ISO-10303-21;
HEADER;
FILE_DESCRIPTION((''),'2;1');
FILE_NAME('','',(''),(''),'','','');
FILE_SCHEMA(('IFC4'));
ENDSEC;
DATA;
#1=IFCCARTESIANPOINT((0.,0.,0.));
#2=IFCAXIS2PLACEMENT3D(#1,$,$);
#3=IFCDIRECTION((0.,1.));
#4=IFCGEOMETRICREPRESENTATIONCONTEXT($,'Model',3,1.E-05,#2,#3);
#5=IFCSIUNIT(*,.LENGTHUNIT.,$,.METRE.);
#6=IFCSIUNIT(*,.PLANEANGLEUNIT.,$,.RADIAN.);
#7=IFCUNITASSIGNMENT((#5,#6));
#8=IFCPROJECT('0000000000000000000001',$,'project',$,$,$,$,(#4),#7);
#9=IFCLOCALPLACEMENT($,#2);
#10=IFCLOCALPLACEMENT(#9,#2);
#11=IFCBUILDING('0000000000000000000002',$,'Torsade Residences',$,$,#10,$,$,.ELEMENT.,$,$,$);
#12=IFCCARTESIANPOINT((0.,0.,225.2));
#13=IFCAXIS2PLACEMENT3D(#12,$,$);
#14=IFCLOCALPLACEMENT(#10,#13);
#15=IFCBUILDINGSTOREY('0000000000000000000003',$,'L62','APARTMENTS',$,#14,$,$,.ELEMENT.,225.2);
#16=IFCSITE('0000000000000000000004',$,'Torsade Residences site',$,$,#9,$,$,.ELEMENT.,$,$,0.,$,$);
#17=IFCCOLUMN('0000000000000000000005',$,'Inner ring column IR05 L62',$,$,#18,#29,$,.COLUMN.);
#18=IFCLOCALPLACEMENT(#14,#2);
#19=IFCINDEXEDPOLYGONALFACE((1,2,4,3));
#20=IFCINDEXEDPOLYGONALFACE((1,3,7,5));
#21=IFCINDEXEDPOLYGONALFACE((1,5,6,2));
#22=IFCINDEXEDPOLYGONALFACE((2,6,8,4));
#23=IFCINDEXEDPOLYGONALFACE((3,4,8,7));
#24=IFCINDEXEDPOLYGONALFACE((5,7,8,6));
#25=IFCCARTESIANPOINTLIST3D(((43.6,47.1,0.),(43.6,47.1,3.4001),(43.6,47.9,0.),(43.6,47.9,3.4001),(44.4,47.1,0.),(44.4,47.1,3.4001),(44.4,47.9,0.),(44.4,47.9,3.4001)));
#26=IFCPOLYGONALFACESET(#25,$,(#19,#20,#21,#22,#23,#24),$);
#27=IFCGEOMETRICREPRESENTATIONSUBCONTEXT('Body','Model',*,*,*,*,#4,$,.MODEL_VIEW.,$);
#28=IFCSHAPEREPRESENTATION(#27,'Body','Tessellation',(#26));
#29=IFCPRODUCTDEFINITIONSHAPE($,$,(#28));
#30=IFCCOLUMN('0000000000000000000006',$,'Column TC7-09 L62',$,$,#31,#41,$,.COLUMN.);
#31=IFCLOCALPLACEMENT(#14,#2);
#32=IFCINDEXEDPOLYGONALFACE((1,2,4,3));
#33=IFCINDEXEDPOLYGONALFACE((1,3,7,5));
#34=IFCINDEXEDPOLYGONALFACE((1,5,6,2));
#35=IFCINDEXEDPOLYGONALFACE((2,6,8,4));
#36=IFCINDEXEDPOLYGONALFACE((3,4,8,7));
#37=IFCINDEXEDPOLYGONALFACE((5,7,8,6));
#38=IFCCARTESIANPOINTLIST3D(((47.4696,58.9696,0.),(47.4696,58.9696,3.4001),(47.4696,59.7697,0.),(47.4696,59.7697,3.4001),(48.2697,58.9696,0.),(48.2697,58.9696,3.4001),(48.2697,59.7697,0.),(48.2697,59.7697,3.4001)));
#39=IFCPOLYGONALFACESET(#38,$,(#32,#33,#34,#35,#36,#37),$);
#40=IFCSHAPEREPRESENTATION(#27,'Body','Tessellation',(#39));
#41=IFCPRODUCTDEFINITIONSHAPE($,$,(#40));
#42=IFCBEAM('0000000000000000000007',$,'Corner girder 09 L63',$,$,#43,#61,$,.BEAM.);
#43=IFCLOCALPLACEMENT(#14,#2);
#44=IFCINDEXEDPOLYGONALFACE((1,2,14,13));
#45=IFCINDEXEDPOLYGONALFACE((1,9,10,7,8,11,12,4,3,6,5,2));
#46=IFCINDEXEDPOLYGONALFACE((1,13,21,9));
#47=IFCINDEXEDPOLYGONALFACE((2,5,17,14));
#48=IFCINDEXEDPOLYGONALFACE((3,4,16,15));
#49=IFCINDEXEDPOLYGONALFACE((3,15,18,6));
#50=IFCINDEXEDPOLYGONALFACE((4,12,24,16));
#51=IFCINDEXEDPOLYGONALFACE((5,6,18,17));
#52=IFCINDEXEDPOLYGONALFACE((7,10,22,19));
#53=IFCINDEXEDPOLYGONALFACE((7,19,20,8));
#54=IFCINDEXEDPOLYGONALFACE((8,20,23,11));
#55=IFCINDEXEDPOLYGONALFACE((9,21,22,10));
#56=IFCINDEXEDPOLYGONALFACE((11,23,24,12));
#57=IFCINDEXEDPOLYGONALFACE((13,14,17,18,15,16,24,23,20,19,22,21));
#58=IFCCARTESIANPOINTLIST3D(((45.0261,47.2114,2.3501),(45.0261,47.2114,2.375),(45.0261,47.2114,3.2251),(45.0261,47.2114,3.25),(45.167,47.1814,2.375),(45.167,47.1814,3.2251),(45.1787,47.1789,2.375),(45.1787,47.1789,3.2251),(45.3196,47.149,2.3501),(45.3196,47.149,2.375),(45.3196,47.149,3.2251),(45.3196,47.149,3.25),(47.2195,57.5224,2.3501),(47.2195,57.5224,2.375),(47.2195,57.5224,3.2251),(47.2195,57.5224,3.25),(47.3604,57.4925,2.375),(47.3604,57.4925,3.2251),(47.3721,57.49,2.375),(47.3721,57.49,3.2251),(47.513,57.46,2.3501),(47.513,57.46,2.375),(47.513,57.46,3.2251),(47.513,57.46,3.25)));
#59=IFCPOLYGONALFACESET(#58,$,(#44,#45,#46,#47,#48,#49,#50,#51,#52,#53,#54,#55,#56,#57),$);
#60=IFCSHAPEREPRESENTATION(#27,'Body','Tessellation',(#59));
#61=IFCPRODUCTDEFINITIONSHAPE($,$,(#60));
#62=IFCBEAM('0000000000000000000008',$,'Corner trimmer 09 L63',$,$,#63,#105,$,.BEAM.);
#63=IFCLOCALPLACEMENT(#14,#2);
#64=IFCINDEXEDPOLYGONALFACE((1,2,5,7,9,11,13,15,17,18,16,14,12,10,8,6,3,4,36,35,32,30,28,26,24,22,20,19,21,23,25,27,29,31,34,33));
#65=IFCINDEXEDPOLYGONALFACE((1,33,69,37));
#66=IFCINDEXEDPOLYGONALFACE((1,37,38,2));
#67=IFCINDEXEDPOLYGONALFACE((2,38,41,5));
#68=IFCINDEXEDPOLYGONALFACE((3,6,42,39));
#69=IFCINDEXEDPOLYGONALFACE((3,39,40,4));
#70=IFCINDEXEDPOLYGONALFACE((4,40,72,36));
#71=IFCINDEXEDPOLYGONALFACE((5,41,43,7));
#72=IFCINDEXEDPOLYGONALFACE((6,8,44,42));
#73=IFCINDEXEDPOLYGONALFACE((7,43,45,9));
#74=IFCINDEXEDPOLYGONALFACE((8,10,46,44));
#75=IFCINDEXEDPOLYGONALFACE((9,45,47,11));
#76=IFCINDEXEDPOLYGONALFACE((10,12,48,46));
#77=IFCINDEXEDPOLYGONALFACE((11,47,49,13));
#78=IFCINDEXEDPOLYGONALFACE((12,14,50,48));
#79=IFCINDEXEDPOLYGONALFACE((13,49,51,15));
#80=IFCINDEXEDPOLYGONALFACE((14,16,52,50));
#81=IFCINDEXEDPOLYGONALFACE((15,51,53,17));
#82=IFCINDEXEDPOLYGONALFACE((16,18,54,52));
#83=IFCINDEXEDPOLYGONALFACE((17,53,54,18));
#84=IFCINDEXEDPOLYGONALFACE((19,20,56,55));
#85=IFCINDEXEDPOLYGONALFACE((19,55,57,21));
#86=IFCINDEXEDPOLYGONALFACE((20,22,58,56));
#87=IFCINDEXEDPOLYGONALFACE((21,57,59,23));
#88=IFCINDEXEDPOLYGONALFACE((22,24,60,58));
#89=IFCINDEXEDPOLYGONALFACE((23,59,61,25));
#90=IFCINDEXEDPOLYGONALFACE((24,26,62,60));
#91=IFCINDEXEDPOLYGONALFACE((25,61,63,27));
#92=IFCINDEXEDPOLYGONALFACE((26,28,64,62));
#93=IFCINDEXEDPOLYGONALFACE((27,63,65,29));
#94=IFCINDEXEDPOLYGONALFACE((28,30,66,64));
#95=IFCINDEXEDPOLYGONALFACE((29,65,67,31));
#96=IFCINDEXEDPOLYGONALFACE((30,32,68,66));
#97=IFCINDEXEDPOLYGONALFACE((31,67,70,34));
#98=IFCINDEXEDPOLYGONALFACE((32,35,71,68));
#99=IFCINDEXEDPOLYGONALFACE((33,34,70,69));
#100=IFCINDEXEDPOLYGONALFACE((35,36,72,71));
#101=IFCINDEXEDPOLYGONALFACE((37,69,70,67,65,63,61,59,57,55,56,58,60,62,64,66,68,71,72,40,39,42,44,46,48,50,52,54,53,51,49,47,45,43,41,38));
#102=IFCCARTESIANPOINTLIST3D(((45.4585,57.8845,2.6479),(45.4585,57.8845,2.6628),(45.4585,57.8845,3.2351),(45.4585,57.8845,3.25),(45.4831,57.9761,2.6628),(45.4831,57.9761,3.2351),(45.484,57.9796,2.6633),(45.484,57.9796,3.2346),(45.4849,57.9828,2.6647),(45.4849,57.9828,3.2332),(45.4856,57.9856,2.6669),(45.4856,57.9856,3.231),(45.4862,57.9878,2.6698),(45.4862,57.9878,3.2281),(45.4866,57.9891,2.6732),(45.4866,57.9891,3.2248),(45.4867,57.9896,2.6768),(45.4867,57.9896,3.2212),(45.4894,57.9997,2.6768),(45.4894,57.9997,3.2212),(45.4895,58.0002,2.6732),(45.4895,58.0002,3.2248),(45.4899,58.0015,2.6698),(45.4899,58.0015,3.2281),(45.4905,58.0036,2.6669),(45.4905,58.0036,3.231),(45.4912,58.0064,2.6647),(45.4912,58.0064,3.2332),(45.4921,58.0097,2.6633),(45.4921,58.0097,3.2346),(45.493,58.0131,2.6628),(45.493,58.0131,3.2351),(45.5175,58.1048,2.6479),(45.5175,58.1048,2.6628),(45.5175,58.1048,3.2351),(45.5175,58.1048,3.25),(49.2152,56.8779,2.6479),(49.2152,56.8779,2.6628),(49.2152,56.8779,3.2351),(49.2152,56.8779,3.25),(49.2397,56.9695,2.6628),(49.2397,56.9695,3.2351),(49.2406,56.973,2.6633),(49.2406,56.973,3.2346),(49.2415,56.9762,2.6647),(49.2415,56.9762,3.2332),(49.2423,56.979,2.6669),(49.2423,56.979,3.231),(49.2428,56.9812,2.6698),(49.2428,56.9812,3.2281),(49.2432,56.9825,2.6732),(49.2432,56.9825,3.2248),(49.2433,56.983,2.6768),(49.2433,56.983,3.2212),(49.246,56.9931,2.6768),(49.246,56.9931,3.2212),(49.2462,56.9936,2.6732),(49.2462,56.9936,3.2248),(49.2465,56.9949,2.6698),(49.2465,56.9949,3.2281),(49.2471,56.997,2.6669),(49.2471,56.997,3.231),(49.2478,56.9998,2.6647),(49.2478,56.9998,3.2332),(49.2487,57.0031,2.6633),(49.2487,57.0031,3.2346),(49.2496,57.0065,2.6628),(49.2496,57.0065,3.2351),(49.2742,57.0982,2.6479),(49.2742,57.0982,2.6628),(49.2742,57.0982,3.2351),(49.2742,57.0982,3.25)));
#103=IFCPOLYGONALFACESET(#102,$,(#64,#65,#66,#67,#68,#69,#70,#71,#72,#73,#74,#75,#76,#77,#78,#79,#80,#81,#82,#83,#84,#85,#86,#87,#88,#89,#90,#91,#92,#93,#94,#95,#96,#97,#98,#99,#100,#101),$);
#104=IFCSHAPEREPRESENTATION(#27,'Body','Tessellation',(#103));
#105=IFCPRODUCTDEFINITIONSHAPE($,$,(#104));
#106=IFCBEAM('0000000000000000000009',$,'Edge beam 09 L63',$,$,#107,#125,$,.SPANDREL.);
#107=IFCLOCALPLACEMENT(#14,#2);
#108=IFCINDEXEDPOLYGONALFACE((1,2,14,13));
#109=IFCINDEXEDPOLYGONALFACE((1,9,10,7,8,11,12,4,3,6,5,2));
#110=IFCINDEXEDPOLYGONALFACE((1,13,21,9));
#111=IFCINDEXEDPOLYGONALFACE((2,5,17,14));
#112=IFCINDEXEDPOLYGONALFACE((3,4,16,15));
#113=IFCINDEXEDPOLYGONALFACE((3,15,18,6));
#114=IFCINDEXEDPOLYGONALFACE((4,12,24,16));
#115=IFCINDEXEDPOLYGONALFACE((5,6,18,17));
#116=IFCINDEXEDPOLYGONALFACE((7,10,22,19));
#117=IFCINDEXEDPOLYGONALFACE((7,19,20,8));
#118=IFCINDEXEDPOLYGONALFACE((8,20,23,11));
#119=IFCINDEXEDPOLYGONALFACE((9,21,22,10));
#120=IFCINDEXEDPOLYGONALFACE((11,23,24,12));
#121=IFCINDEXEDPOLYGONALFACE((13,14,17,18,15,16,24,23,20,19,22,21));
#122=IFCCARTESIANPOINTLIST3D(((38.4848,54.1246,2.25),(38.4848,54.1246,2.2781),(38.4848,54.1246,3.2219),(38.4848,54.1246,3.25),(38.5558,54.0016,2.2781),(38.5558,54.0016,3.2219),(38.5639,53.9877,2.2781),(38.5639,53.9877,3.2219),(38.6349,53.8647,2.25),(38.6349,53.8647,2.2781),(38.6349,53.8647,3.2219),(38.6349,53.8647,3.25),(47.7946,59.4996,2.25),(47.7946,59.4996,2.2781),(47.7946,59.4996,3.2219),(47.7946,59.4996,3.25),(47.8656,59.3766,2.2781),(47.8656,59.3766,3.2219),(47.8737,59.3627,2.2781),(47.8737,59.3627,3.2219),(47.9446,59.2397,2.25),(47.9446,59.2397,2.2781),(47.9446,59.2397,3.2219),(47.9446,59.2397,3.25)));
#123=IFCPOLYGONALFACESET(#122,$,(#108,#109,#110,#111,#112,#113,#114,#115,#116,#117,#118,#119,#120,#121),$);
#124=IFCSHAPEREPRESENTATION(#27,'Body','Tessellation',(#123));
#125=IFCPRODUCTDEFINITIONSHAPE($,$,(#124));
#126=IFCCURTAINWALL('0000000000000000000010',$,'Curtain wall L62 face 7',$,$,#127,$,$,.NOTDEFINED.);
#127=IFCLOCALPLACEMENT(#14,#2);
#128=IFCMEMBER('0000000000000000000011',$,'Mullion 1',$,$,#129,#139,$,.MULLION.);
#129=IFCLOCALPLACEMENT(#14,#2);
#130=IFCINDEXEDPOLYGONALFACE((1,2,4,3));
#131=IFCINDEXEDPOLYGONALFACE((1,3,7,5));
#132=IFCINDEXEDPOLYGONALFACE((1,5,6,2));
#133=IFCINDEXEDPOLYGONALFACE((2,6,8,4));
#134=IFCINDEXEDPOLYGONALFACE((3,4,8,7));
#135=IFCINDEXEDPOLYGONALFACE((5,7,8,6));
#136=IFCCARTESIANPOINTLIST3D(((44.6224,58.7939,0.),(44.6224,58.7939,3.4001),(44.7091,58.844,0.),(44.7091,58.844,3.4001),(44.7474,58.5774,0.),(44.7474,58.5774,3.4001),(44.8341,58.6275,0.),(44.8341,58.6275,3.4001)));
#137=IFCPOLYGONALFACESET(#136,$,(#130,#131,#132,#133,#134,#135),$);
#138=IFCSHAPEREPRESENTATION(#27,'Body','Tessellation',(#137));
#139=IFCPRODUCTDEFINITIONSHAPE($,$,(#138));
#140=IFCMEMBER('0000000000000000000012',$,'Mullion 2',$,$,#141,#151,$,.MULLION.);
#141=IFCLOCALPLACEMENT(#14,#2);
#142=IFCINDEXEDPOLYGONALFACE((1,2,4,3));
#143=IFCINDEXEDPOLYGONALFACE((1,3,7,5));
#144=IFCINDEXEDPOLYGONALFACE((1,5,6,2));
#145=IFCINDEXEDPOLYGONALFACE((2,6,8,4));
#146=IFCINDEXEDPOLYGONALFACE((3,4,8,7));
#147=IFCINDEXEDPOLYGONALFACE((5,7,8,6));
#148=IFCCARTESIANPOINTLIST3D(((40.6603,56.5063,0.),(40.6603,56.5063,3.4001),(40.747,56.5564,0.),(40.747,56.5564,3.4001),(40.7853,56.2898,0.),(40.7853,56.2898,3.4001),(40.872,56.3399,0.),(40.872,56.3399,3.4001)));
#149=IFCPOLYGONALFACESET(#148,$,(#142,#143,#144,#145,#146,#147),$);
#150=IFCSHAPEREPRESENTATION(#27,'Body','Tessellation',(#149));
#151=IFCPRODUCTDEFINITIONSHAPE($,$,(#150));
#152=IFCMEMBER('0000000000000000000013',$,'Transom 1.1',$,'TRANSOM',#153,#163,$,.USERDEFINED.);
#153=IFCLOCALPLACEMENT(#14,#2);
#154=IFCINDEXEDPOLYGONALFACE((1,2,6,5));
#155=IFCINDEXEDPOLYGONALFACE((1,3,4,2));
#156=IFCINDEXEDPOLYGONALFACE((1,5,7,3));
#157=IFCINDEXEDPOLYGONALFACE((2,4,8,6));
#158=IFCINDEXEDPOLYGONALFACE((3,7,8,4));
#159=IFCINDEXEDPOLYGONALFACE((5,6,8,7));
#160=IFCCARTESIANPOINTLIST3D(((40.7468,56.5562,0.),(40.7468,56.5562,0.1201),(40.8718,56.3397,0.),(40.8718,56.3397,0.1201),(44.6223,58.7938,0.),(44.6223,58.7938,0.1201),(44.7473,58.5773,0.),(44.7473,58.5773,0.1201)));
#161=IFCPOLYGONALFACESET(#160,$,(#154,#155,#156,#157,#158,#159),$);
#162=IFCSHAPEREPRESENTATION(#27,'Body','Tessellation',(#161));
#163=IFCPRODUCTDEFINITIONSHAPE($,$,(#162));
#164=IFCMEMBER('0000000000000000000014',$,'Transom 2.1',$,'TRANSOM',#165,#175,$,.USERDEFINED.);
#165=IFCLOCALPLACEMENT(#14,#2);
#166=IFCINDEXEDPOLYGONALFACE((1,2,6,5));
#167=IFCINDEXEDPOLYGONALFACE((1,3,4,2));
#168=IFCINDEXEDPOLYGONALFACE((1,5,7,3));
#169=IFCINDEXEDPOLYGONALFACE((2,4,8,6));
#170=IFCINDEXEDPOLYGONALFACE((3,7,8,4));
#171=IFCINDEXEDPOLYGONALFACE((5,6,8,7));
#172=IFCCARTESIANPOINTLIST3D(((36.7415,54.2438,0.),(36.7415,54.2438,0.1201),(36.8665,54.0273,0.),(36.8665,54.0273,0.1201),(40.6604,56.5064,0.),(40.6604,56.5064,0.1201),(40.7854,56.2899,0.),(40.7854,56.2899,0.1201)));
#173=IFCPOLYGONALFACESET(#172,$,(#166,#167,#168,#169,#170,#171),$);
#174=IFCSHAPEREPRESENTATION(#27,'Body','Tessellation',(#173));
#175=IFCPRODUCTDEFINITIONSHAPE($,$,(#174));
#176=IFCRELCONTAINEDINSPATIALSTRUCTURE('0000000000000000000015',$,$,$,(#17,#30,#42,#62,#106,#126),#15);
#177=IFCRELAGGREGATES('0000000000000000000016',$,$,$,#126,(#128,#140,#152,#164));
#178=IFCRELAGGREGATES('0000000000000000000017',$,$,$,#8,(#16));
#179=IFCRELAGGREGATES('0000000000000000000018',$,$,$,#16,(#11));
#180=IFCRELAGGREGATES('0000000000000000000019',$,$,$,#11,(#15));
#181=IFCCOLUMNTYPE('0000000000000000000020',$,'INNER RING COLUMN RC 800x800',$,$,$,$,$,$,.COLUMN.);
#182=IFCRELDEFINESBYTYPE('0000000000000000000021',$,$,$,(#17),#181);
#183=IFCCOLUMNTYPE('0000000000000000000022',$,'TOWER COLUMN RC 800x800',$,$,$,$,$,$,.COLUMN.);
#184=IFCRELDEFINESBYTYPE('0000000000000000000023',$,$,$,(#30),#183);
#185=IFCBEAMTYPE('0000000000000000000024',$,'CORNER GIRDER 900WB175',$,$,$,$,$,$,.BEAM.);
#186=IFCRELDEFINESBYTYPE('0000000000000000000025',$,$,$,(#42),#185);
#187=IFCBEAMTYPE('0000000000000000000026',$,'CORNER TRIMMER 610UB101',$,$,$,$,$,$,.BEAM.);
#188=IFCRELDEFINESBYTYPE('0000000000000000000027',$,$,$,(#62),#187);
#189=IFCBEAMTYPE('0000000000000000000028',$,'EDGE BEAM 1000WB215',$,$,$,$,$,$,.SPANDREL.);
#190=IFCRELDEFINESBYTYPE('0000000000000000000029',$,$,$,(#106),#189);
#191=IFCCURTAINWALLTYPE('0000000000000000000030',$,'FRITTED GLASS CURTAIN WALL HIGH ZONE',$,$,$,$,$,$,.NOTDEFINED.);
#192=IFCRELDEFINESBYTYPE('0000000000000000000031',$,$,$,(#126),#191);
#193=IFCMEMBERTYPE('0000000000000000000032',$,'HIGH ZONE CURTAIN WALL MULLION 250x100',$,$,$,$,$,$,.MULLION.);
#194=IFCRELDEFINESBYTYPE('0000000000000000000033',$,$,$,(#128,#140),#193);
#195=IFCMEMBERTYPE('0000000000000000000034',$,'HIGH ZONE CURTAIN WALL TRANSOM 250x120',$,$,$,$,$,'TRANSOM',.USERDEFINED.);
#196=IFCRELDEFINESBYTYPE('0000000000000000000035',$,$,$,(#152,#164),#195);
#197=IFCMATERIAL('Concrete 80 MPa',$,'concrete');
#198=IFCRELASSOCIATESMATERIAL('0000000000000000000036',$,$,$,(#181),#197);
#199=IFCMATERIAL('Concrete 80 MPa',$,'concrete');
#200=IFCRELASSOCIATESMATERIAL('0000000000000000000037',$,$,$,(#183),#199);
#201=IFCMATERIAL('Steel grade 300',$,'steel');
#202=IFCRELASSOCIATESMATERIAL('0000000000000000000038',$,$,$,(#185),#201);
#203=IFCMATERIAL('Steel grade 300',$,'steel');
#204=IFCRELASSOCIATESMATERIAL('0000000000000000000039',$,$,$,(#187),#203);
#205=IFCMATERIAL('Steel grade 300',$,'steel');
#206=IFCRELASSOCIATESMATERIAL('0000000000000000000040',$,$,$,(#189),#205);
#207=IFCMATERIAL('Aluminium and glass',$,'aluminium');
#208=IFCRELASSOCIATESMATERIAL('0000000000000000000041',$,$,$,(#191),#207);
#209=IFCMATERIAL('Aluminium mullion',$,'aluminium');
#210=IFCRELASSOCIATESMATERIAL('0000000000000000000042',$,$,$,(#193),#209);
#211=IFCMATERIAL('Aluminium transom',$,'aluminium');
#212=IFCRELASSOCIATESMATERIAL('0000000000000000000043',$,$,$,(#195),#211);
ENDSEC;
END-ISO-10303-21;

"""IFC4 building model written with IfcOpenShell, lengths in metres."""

from ifc_helpers import new_model, si_unit, direction, frame, origin, origin_2d, place, context, subcontext, project, spatial, rectangle, i_section, extrude, material, material_profile, profile_set, type_object, element, aggregate, save


model = new_model("IFC4")

# Units and contexts
model_context = context("Model", 3, precision=1e-05, world=origin(), true_north=direction((0.0, 1.0)))
body_context = subcontext(model_context, "Body", "Model", "MODEL_VIEW")
ifc_project = project(units=[si_unit("LENGTHUNIT", "METRE"), si_unit("PLANEANGLEUNIT", "RADIAN")], contexts=[model_context])

# Site, building, storey
site_placement = place(None, origin())
site = spatial("IfcSite", under=ifc_project, at=site_placement, Name="Torsade Residences site", CompositionType="ELEMENT", RefElevation=0.0)
building_placement = place(site_placement, origin())
building = spatial("IfcBuilding", under=site, at=building_placement, Name="Torsade Residences", CompositionType="ELEMENT")
storey_placement = place(building_placement, frame((0.0, 0.0, 225.2)))
storey = spatial("IfcBuildingStorey", under=building, at=storey_placement, Name="L62", Description="APARTMENTS", CompositionType="ELEMENT", Elevation=225.2)

# Columns
ifc_material_1 = material(Name="Concrete 80 MPa", Category="concrete")
ifc_material_profile_1 = material_profile(ifc_material_1, rectangle(XDim=0.8, YDim=0.8, at=origin_2d()), Name="RC 800x800")
ifc_profile_set_1 = profile_set([ifc_material_profile_1], Name="Concrete 80 MPa")
column_type_1 = type_object("IfcColumnType", Name="INNER RING COLUMN RC 800x800", PredefinedType="COLUMN", material=ifc_profile_set_1)
column_1_placement = place(storey_placement, frame((44.0, 47.5, 0.0), z_axis=(0.0, 0.0, 1.0), x_axis=(1.0, 0.0, 0.0)))
element("IfcColumn", 1, at=column_1_placement, inside=storey, type_object=column_type_1, Name="Inner ring column IR05 L62", PredefinedType="COLUMN", context=body_context, shape_type="SweptSolid", body=[
    extrude(rectangle(XDim=0.8, YDim=0.8, at=origin_2d()), origin(), (0.0, 0.0, 1.0), 3.4001),
])
ifc_material_2 = material(Name="Concrete 80 MPa", Category="concrete")
ifc_material_profile_2 = material_profile(ifc_material_2, rectangle(XDim=0.8, YDim=0.8, at=origin_2d()), Name="RC 800x800")
ifc_profile_set_2 = profile_set([ifc_material_profile_2], Name="Concrete 80 MPa")
column_type_2 = type_object("IfcColumnType", Name="TOWER COLUMN RC 800x800", PredefinedType="COLUMN", material=ifc_profile_set_2)
column_2_placement = place(storey_placement, frame((47.8696, 59.3696, 0.0), z_axis=(0.0, 0.0, 1.0), x_axis=(1.0, 0.0, 0.0)))
element("IfcColumn", 2, at=column_2_placement, inside=storey, type_object=column_type_2, Name="Column TC7-09 L62", PredefinedType="COLUMN", context=body_context, shape_type="SweptSolid", body=[
    extrude(rectangle(XDim=0.8, YDim=0.8, at=origin_2d()), origin(), (0.0, 0.0, 1.0), 3.4001),
])

# Beams
ifc_material_3 = material(Name="Steel grade 300", Category="steel")
ifc_material_profile_3 = material_profile(ifc_material_3, i_section(OverallWidth=0.3, OverallDepth=0.8999, WebThickness=0.012, FlangeThickness=0.0249, at=origin_2d()), Name="900WB175")
ifc_profile_set_3 = profile_set([ifc_material_profile_3], Name="Steel grade 300")
beam_type_1 = type_object("IfcBeamType", Name="CORNER GIRDER 900WB175", PredefinedType="BEAM", material=ifc_profile_set_3)
beam_1_placement = place(storey_placement, frame((47.3662, 57.4912, 2.8), z_axis=(-0.208064, -0.978115, 0.0), x_axis=(0.978115, -0.208064, 0.0)))
element("IfcBeam", 3, at=beam_1_placement, inside=storey, type_object=beam_type_1, Name="Corner girder 09 L63", PredefinedType="BEAM", context=body_context, shape_type="SweptSolid", body=[
    extrude(i_section(OverallWidth=0.3, OverallDepth=0.8999, WebThickness=0.012, FlangeThickness=0.0249, at=origin_2d()), origin(), (0.0, 0.0, 1.0), 10.5417),
])
ifc_material_4 = material(Name="Steel grade 300", Category="steel")
ifc_material_profile_4 = material_profile(ifc_material_4, i_section(OverallWidth=0.228, OverallDepth=0.6021, WebThickness=0.0105, FlangeThickness=0.0149, FilletRadius=0.0139, at=origin_2d()), Name="610UB101")
ifc_profile_set_4 = profile_set([ifc_material_profile_4], Name="Steel grade 300")
beam_type_2 = type_object("IfcBeamType", Name="CORNER TRIMMER 610UB101", PredefinedType="BEAM", material=ifc_profile_set_4)
beam_2_placement = place(storey_placement, frame((45.488, 57.9946, 2.949), z_axis=(0.965925, -0.258823, 0.0), x_axis=(0.258823, 0.965925, 0.0)))
element("IfcBeam", 4, at=beam_2_placement, inside=storey, type_object=beam_type_2, Name="Corner trimmer 09 L63", PredefinedType="BEAM", context=body_context, shape_type="SweptSolid", body=[
    extrude(i_section(OverallWidth=0.228, OverallDepth=0.6021, WebThickness=0.0105, FlangeThickness=0.0149, FilletRadius=0.0139, at=origin_2d()), origin(), (0.0, 0.0, 1.0), 3.8892),
])
ifc_material_5 = material(Name="Steel grade 300", Category="steel")
ifc_material_profile_5 = material_profile(ifc_material_5, i_section(OverallWidth=0.3, OverallDepth=1.0, WebThickness=0.0161, FlangeThickness=0.0281, at=origin_2d()), Name="1000WB215")
ifc_profile_set_5 = profile_set([ifc_material_profile_5], Name="Steel grade 300")
beam_type_3 = type_object("IfcBeamType", Name="EDGE BEAM 1000WB215", PredefinedType="SPANDREL", material=ifc_profile_set_5)
beam_3_placement = place(storey_placement, frame((47.8696, 59.3696, 2.75), z_axis=(-0.866026, -0.499998, 0.0), x_axis=(0.499998, -0.866026, 0.0)))
element("IfcBeam", 5, at=beam_3_placement, inside=storey, type_object=beam_type_3, Name="Edge beam 09 L63", PredefinedType="SPANDREL", context=body_context, shape_type="SweptSolid", body=[
    extrude(i_section(OverallWidth=0.3, OverallDepth=1.0, WebThickness=0.0161, FlangeThickness=0.0281, at=origin_2d()), origin(), (0.0, 0.0, 1.0), 10.75),
])

# Curtain wall, members
ifc_material_6 = material(Name="Aluminium and glass", Category="aluminium")
curtain_wall_type = type_object("IfcCurtainWallType", Name="FRITTED GLASS CURTAIN WALL HIGH ZONE", PredefinedType="NOTDEFINED", material=ifc_material_6)
curtain_wall_placement = place(storey_placement, origin())
curtain_wall = element("IfcCurtainWall", 6, at=curtain_wall_placement, inside=storey, type_object=curtain_wall_type, Name="Curtain wall L62 face 7", PredefinedType="NOTDEFINED")
ifc_material_7 = material(Name="Aluminium mullion", Category="aluminium")
ifc_material_profile_6 = material_profile(ifc_material_7, rectangle(XDim=0.25, YDim=0.1001, at=origin_2d()), Name="HIGH ZONE CURTAIN WALL MULLION 250x100")
ifc_profile_set_6 = profile_set([ifc_material_profile_6], Name="Aluminium mullion")
member_type_1 = type_object("IfcMemberType", Name="HIGH ZONE CURTAIN WALL MULLION 250x100", PredefinedType="MULLION", material=ifc_profile_set_6)
member_1_placement = place(storey_placement, frame((44.7283, 58.7107, 0.0), z_axis=(0.0, 0.0, 1.0), x_axis=(0.5, -0.866025, 0.0)))
member_1 = element("IfcMember", 7, at=member_1_placement, type_object=member_type_1, Name="Mullion 1", PredefinedType="MULLION", context=body_context, shape_type="SweptSolid", body=[
    extrude(rectangle(XDim=0.25, YDim=0.1001, at=origin_2d()), origin(), (0.0, 0.0, 1.0), 3.4001),
])
member_2_placement = place(storey_placement, frame((40.7661, 56.4231, 0.0), z_axis=(0.0, 0.0, 1.0), x_axis=(0.5, -0.866025, 0.0)))
member_2 = element("IfcMember", 8, at=member_2_placement, type_object=member_type_1, Name="Mullion 2", PredefinedType="MULLION", context=body_context, shape_type="SweptSolid", body=[
    extrude(rectangle(XDim=0.25, YDim=0.1001, at=origin_2d()), origin(), (0.0, 0.0, 1.0), 3.4001),
])
ifc_material_8 = material(Name="Aluminium transom", Category="aluminium")
ifc_material_profile_7 = material_profile(ifc_material_8, rectangle(XDim=0.25, YDim=0.1201, at=origin_2d()), Name="HIGH ZONE CURTAIN WALL TRANSOM 250x120")
ifc_profile_set_7 = profile_set([ifc_material_profile_7], Name="Aluminium transom")
member_type_2 = type_object("IfcMemberType", Name="HIGH ZONE CURTAIN WALL TRANSOM 250x120", ElementType="TRANSOM", PredefinedType="USERDEFINED", material=ifc_profile_set_7)
member_3_placement = place(storey_placement, frame((44.6848, 58.6855, 0.0601), z_axis=(-0.866022, -0.500006, 0.0), x_axis=(0.500006, -0.866022, 0.0)))
member_3 = element("IfcMember", 9, at=member_3_placement, type_object=member_type_2, Name="Transom 1.1", ObjectType="TRANSOM", PredefinedType="USERDEFINED", context=body_context, shape_type="SweptSolid", body=[
    extrude(rectangle(XDim=0.25, YDim=0.1201, at=origin_2d()), origin(), (0.0, 0.0, 1.0), 4.4751),
])
member_4_placement = place(storey_placement, frame((40.7229, 56.3982, 0.0601), z_axis=(-0.866017, -0.500015, 0.0), x_axis=(0.500015, -0.866017, 0.0)))
member_4 = element("IfcMember", 10, at=member_4_placement, type_object=member_type_2, Name="Transom 2.1", ObjectType="TRANSOM", PredefinedType="USERDEFINED", context=body_context, shape_type="SweptSolid", body=[
    extrude(rectangle(XDim=0.25, YDim=0.1201, at=origin_2d()), origin(), (0.0, 0.0, 1.0), 4.5251),
])

aggregate(curtain_wall, [member_1, member_2, member_3, member_4])

save(model, "model.ifc")
